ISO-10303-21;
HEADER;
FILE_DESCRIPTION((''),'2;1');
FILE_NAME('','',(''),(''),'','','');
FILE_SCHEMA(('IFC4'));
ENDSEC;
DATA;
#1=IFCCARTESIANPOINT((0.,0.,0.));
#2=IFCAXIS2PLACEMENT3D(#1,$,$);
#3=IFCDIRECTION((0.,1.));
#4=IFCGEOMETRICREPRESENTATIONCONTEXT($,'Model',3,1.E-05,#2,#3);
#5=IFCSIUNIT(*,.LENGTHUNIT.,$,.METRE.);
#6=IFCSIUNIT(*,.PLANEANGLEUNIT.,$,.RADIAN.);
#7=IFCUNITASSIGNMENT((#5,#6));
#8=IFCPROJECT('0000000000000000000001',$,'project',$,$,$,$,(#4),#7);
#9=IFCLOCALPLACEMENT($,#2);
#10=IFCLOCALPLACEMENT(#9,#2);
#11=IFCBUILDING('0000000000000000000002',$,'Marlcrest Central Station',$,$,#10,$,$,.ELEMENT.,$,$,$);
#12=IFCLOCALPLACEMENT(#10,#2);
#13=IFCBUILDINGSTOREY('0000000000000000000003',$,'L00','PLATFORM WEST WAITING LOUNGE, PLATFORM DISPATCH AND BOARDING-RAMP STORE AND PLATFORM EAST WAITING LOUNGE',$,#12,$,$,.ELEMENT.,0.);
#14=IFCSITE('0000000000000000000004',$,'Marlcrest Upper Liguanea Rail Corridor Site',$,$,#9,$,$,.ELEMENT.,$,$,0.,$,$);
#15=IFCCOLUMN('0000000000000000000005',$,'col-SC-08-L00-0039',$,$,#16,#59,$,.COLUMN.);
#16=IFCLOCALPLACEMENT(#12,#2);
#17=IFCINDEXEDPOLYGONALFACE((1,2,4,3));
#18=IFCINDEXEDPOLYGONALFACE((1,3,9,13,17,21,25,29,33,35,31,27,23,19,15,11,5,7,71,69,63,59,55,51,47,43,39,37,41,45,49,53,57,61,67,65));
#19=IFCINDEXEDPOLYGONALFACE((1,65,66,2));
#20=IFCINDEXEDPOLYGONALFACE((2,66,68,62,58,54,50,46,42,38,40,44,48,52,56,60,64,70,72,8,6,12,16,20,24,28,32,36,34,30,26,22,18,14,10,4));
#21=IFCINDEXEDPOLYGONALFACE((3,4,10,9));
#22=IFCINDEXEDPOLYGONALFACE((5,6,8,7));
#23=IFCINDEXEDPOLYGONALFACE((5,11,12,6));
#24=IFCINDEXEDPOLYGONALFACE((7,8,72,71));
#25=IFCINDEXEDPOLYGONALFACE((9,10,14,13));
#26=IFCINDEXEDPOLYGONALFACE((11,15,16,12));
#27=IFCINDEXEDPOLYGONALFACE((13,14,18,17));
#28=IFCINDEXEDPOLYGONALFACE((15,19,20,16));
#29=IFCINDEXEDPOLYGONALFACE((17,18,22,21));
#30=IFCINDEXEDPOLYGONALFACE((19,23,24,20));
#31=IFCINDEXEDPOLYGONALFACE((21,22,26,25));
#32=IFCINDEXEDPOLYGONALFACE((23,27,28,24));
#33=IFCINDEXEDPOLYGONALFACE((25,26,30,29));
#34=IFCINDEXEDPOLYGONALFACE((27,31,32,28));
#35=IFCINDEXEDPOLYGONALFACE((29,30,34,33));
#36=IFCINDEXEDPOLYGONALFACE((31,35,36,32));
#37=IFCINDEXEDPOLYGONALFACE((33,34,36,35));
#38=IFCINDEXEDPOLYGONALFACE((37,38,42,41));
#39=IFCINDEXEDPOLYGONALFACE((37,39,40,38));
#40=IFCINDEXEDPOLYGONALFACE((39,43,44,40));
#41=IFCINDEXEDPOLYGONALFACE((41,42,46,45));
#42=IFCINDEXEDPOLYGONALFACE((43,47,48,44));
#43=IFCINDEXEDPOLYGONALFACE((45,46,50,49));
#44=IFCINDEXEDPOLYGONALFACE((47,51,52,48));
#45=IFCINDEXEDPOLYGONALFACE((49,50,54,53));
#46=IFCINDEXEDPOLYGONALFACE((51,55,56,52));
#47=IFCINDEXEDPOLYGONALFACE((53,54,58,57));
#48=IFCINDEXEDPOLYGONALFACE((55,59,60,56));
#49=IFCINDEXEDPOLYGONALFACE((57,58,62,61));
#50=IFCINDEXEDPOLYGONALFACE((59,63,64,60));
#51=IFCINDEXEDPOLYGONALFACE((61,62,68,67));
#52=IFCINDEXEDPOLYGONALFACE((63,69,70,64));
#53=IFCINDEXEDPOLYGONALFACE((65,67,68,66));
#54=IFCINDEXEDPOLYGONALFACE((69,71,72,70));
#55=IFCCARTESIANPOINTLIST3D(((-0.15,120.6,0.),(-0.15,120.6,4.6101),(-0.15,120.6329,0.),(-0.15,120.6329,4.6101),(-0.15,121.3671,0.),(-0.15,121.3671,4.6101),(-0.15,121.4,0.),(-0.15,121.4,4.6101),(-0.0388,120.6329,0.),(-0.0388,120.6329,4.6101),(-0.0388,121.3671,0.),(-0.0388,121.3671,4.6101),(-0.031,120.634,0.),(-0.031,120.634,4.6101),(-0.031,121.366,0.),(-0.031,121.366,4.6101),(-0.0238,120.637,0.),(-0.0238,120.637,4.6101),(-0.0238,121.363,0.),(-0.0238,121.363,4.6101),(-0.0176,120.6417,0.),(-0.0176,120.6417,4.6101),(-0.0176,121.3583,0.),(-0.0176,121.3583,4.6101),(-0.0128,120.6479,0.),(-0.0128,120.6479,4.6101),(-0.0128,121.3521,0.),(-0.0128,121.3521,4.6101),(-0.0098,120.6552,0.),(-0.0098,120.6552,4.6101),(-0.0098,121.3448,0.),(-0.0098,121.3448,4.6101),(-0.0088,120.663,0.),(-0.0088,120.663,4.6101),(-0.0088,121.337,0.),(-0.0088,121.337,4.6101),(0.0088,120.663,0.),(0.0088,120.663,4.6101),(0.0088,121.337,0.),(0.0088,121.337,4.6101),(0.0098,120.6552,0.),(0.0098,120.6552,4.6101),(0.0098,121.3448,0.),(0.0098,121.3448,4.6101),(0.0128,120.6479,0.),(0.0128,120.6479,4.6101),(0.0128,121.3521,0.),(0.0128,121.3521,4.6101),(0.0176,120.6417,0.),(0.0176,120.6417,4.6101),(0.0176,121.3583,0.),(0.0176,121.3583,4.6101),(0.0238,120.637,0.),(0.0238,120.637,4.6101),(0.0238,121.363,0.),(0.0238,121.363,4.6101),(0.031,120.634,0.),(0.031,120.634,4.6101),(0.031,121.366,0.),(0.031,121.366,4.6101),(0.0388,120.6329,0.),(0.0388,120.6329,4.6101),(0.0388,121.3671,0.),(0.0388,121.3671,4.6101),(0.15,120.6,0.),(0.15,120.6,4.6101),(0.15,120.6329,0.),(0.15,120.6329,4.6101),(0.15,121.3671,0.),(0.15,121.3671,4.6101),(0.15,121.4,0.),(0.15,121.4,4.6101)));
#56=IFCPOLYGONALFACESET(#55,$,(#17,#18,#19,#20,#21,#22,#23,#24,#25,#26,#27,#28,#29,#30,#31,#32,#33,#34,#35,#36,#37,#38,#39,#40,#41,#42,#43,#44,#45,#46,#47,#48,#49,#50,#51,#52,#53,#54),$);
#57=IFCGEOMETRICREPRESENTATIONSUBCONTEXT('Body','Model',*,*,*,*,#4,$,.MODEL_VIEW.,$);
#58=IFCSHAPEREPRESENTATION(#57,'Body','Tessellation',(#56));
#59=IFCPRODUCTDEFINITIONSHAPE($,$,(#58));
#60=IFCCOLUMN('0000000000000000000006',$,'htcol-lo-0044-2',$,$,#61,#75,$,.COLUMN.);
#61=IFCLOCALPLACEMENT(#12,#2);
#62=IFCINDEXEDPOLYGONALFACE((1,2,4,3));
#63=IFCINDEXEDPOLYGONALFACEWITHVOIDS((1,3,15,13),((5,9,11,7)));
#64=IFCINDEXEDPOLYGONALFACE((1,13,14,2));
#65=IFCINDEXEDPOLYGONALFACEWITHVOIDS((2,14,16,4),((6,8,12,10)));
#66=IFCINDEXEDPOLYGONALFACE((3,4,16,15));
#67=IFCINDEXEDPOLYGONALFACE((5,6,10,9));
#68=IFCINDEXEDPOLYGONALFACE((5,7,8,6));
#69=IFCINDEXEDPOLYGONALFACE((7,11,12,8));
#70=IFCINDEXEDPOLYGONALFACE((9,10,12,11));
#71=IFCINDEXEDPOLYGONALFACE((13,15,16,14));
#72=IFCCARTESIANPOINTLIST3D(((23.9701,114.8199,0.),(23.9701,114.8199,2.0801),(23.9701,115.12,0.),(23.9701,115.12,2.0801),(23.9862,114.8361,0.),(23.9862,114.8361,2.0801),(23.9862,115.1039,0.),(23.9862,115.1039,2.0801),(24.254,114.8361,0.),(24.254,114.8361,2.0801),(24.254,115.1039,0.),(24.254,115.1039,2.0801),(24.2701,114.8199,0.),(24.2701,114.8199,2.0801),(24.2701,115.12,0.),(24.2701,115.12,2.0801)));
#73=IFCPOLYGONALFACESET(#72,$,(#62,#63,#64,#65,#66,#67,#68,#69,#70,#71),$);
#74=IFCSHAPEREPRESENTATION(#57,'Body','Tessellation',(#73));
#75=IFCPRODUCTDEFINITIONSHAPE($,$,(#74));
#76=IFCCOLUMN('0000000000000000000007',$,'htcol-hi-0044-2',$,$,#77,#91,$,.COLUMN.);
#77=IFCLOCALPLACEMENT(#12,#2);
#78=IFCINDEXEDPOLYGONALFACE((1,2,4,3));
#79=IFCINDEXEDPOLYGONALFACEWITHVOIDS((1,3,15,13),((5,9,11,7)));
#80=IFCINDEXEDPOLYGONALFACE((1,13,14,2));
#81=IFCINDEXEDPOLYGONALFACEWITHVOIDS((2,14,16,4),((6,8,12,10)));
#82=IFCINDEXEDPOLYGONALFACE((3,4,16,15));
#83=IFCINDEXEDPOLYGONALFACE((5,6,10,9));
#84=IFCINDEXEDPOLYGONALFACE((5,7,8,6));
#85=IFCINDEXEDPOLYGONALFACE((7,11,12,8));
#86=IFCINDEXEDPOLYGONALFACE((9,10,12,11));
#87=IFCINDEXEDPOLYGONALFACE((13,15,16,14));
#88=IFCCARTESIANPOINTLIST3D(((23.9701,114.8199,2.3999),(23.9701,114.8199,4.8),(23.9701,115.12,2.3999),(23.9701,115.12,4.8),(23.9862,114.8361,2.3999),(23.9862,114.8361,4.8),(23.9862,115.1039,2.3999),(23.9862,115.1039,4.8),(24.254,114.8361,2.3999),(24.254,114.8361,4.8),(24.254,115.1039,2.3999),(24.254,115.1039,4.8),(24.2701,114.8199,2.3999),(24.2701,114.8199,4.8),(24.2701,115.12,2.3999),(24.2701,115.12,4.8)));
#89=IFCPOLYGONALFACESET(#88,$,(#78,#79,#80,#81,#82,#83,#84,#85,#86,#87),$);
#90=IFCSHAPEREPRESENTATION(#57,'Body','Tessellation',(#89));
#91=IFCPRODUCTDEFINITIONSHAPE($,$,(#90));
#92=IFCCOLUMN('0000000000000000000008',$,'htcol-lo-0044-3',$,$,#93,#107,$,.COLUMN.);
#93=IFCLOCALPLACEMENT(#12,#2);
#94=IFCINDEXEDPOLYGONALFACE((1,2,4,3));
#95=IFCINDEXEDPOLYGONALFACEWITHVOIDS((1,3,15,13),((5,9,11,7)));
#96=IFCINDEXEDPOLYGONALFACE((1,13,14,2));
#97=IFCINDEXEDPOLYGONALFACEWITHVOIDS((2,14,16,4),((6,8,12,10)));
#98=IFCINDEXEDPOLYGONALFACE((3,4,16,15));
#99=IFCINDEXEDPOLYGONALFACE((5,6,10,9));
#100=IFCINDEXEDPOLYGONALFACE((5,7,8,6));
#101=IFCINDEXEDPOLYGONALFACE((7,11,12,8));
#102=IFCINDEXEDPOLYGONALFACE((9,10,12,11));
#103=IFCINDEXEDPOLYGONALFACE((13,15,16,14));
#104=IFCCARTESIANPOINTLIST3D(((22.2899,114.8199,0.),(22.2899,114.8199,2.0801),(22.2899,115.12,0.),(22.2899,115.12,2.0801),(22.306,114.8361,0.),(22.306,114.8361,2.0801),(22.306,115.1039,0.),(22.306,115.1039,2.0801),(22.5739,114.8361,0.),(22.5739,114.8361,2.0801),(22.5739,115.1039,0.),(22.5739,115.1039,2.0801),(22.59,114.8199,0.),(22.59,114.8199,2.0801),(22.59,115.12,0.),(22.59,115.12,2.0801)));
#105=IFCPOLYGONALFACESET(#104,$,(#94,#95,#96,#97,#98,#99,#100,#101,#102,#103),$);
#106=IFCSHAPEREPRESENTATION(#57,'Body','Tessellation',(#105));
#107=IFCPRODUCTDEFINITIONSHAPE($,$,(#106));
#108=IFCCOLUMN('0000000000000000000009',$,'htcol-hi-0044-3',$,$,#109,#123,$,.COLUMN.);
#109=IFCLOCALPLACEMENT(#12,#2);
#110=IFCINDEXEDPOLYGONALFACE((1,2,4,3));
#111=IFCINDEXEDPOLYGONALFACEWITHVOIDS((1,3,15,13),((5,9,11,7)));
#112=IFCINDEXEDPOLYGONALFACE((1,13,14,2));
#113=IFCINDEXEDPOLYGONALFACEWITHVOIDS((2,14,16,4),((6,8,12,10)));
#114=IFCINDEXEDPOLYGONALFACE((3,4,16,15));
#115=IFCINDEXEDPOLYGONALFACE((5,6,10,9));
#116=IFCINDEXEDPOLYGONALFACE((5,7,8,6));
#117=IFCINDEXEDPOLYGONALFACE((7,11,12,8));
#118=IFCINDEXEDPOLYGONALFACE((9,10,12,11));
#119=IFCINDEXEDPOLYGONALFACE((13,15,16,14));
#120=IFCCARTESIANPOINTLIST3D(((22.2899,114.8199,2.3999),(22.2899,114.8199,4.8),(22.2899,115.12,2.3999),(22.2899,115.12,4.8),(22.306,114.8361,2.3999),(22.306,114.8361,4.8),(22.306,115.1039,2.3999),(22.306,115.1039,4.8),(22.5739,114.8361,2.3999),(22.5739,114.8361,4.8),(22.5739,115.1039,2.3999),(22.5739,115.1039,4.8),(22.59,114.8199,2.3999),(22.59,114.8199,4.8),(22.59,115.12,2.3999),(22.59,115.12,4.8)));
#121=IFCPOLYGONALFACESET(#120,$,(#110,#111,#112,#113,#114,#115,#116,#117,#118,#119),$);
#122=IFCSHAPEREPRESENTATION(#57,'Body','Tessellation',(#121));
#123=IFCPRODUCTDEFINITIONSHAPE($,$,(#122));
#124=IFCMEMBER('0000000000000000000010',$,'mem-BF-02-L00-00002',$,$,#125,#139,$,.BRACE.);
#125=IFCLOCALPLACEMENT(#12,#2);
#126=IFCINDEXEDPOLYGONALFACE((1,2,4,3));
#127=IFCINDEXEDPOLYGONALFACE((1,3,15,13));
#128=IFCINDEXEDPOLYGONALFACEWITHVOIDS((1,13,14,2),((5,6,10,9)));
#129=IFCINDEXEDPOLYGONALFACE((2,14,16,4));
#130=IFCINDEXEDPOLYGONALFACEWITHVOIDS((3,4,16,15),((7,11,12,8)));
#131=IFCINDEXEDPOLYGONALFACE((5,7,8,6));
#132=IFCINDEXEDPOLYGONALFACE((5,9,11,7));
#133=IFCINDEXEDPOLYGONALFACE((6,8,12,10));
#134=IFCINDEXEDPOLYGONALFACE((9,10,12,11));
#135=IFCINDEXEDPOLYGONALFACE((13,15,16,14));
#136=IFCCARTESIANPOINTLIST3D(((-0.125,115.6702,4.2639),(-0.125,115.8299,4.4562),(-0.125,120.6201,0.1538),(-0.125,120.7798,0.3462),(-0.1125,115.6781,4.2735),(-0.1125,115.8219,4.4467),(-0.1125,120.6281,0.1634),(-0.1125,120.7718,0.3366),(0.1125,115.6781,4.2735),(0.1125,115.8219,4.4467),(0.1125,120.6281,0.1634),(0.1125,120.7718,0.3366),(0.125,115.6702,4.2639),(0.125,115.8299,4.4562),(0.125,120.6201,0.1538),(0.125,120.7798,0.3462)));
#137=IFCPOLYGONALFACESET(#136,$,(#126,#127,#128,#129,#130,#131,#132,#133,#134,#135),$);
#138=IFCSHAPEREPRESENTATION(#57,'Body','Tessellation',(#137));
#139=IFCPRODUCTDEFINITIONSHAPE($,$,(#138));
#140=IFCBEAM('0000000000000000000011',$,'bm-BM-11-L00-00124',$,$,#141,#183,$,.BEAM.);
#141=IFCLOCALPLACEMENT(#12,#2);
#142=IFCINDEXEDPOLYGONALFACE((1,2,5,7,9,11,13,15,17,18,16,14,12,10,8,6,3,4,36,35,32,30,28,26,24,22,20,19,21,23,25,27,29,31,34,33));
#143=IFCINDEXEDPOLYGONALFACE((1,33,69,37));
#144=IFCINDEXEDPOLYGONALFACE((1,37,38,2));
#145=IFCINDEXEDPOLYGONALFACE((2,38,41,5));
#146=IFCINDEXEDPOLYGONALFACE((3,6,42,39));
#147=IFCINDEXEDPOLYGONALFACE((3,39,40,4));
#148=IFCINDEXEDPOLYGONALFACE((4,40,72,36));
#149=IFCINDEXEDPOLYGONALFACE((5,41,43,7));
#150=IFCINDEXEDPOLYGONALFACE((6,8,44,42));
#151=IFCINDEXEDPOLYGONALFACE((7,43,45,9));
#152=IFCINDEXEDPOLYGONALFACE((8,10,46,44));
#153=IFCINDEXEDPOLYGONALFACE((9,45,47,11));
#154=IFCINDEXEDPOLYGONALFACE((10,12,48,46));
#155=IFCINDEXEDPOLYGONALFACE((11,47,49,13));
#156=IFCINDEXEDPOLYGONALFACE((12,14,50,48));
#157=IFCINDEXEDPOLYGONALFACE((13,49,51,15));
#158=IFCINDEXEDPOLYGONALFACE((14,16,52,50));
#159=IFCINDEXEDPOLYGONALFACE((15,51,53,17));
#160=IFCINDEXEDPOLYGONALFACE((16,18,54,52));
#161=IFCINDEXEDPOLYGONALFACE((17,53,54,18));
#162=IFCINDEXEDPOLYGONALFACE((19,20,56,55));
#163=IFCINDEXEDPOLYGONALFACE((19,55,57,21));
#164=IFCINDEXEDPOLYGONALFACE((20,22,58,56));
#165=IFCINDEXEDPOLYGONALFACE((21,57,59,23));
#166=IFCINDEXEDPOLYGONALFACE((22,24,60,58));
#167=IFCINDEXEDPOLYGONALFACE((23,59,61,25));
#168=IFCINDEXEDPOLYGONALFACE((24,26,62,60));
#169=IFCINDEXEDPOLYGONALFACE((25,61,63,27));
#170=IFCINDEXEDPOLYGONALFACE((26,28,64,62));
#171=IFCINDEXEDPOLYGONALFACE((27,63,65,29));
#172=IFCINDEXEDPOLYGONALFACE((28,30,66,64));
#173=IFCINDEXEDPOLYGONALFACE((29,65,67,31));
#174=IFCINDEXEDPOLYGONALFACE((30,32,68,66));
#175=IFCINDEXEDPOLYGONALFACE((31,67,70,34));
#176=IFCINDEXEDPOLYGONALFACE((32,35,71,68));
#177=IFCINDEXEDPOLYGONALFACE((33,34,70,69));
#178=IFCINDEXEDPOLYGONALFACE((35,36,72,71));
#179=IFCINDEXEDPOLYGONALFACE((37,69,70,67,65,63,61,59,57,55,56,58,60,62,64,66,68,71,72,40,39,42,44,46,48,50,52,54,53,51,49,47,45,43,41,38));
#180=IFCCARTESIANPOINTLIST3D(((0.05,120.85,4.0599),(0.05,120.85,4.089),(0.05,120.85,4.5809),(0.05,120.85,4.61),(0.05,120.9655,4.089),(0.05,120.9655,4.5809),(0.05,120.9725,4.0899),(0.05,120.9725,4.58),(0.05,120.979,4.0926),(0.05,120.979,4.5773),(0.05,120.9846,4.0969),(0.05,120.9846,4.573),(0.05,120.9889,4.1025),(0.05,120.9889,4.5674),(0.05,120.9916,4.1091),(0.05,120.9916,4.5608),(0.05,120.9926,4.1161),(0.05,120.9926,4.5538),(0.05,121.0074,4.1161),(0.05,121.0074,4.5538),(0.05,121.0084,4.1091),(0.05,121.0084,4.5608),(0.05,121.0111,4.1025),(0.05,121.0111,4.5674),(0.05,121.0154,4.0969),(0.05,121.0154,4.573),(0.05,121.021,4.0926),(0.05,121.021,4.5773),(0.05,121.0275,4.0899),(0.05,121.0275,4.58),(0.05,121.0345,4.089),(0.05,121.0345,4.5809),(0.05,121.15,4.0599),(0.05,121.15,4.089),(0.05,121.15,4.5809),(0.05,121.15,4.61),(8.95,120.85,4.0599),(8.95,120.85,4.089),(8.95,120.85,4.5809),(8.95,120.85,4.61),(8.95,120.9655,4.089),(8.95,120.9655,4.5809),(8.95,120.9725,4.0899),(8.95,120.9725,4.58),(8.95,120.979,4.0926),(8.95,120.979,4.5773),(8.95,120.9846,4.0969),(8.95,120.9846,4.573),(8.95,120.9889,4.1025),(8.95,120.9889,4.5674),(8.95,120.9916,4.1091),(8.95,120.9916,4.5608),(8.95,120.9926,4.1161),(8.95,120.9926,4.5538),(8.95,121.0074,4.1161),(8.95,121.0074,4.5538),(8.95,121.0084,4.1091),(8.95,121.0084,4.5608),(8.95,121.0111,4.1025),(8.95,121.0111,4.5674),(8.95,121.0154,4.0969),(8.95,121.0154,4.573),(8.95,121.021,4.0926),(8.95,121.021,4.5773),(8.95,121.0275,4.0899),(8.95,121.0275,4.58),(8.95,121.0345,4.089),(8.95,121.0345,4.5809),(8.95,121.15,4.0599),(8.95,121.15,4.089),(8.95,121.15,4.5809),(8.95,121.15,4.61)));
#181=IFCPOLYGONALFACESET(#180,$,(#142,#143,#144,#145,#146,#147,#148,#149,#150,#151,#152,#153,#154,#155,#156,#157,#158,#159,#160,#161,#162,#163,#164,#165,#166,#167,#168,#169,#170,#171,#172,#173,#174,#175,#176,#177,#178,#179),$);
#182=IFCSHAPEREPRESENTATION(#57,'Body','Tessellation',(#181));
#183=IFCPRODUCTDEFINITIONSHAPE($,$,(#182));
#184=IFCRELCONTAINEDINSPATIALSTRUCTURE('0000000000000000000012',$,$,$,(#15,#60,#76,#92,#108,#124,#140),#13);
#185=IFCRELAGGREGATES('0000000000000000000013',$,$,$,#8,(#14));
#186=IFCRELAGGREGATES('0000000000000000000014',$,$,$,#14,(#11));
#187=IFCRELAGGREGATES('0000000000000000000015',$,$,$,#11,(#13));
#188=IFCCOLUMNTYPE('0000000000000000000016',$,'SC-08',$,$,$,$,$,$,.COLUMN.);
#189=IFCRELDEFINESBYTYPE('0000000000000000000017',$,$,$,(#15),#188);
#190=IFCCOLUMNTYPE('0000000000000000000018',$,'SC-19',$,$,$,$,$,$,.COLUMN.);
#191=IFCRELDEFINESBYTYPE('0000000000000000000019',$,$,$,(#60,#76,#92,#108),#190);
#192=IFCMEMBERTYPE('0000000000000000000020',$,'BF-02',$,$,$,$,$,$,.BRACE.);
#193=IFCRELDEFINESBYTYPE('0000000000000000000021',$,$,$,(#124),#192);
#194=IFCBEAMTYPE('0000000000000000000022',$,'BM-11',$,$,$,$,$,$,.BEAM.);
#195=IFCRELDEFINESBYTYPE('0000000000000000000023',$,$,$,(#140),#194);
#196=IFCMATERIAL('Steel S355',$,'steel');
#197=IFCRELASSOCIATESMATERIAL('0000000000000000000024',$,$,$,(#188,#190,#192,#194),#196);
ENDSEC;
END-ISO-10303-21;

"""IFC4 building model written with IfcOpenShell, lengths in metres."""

from ifc_helpers import new_model, si_unit, direction, frame, origin, origin_2d, place, context, subcontext, project, spatial, hollow_rectangle, i_section, extrude, material, material_profile, profile_set, type_object, element, save


model = new_model("IFC4")

# Units and contexts
model_context = context("Model", 3, precision=1e-05, world=origin(), true_north=direction((0.0, 1.0)))
body_context = subcontext(model_context, "Body", "Model", "MODEL_VIEW")
ifc_project = project(units=[si_unit("LENGTHUNIT", "METRE"), si_unit("PLANEANGLEUNIT", "RADIAN")], contexts=[model_context])

# Site, building, storey
site_placement = place(None, origin())
site = spatial("IfcSite", under=ifc_project, at=site_placement, Name="Marlcrest Upper Liguanea Rail Corridor Site", CompositionType="ELEMENT", RefElevation=0.0)
building_placement = place(site_placement, origin())
building = spatial("IfcBuilding", under=site, at=building_placement, Name="Marlcrest Central Station", CompositionType="ELEMENT")
storey_placement = place(building_placement, origin())
storey = spatial("IfcBuildingStorey", under=building, at=storey_placement, Name="L00", Description="PLATFORM WEST WAITING LOUNGE, PLATFORM DISPATCH AND BOARDING-RAMP STORE AND PLATFORM EAST WAITING LOUNGE", CompositionType="ELEMENT", Elevation=0.0)

# Columns
ifc_material_1 = material(Name="Steel S355", Category="steel")
ifc_material_profile_1 = material_profile(ifc_material_1, i_section(OverallWidth=0.3, OverallDepth=0.8, WebThickness=0.0176, FlangeThickness=0.033, FilletRadius=0.03, at=origin_2d()), Name="HEB 800")
ifc_profile_set_1 = profile_set([ifc_material_profile_1], Name="Steel S355")
column_type_1 = type_object("IfcColumnType", Name="SC-08", PredefinedType="COLUMN", material=ifc_profile_set_1)
column_1_placement = place(storey_placement, frame((0.0, 121.0, 0.0), z_axis=(0.0, 0.0, 1.0), x_axis=(1.0, 0.0, 0.0)))
element("IfcColumn", 1, at=column_1_placement, inside=storey, type_object=column_type_1, Name="col-SC-08-L00-0039", PredefinedType="COLUMN", context=body_context, shape_type="SweptSolid", body=[
    extrude(i_section(OverallWidth=0.3, OverallDepth=0.8, WebThickness=0.0176, FlangeThickness=0.033, FilletRadius=0.03, at=origin_2d()), origin(), (0.0, 0.0, 1.0), 4.6101),
])
ifc_material_profile_2 = material_profile(ifc_material_1, hollow_rectangle(XDim=0.3, YDim=0.3, WallThickness=0.0161, at=origin_2d()), Name="SHS 300x300x16")
ifc_profile_set_2 = profile_set([ifc_material_profile_2], Name="Steel S355")
column_type_2 = type_object("IfcColumnType", Name="SC-19", PredefinedType="COLUMN", material=ifc_profile_set_2)
column_2_placement = place(storey_placement, frame((24.1201, 114.97, 0.0), z_axis=(0.0, 0.0, 1.0), x_axis=(1.0, 0.0, 0.0)))
element("IfcColumn", 2, at=column_2_placement, inside=storey, type_object=column_type_2, Name="htcol-lo-0044-2", PredefinedType="COLUMN", context=body_context, shape_type="SweptSolid", body=[
    extrude(hollow_rectangle(XDim=0.3, YDim=0.3, WallThickness=0.0161, at=origin_2d()), origin(), (0.0, 0.0, 1.0), 2.0801),
])
column_3_placement = place(storey_placement, frame((24.1201, 114.97, 2.3999), z_axis=(0.0, 0.0, 1.0), x_axis=(1.0, 0.0, 0.0)))
element("IfcColumn", 3, at=column_3_placement, inside=storey, type_object=column_type_2, Name="htcol-hi-0044-2", PredefinedType="COLUMN", context=body_context, shape_type="SweptSolid", body=[
    extrude(hollow_rectangle(XDim=0.3, YDim=0.3, WallThickness=0.0161, at=origin_2d()), origin(), (0.0, 0.0, 1.0), 2.4001),
])
column_4_placement = place(storey_placement, frame((22.4399, 114.97, 0.0), z_axis=(0.0, 0.0, 1.0), x_axis=(1.0, 0.0, 0.0)))
element("IfcColumn", 4, at=column_4_placement, inside=storey, type_object=column_type_2, Name="htcol-lo-0044-3", PredefinedType="COLUMN", context=body_context, shape_type="SweptSolid", body=[
    extrude(hollow_rectangle(XDim=0.3, YDim=0.3, WallThickness=0.0161, at=origin_2d()), origin(), (0.0, 0.0, 1.0), 2.0801),
])
column_5_placement = place(storey_placement, frame((22.4399, 114.97, 2.3999), z_axis=(0.0, 0.0, 1.0), x_axis=(1.0, 0.0, 0.0)))
element("IfcColumn", 5, at=column_5_placement, inside=storey, type_object=column_type_2, Name="htcol-hi-0044-3", PredefinedType="COLUMN", context=body_context, shape_type="SweptSolid", body=[
    extrude(hollow_rectangle(XDim=0.3, YDim=0.3, WallThickness=0.0161, at=origin_2d()), origin(), (0.0, 0.0, 1.0), 2.4001),
])

# Member
ifc_material_profile_3 = material_profile(ifc_material_1, hollow_rectangle(XDim=0.25, YDim=0.25, WallThickness=0.0125, at=origin_2d()), Name="SHS 250x250x12.5")
ifc_profile_set_3 = profile_set([ifc_material_profile_3], Name="Steel S355")
member_type = type_object("IfcMemberType", Name="BF-02", PredefinedType="BRACE", material=ifc_profile_set_3)
member_placement = place(storey_placement, frame((0.0, 120.7, 0.25), z_axis=(0.0, -0.769355, 0.638821), x_axis=(1.0, 0.0, 0.0)))
element("IfcMember", 6, at=member_placement, inside=storey, type_object=member_type, Name="mem-BF-02-L00-00002", PredefinedType="BRACE", context=body_context, shape_type="SweptSolid", body=[
    extrude(hollow_rectangle(XDim=0.25, YDim=0.25, WallThickness=0.0125, at=origin_2d()), origin(), (0.0, 0.0, 1.0), 6.4338),
])

# Beam
ifc_material_profile_4 = material_profile(ifc_material_1, i_section(OverallWidth=0.3, OverallDepth=0.55, WebThickness=0.0149, FlangeThickness=0.0291, FilletRadius=0.0271, at=origin_2d()), Name="HEB 550")
ifc_profile_set_4 = profile_set([ifc_material_profile_4], Name="Steel S355")
beam_type_1 = type_object("IfcBeamType", Name="BM-11", PredefinedType="BEAM", material=ifc_profile_set_4)
beam_placement = place(storey_placement, frame((0.05, 121.0, 4.335), z_axis=(1.0, 0.0, 0.0), x_axis=(0.0, 1.0, 0.0)))
element("IfcBeam", 7, at=beam_placement, inside=storey, type_object=beam_type_1, Name="bm-BM-11-L00-00124", PredefinedType="BEAM", context=body_context, shape_type="SweptSolid", body=[
    extrude(i_section(OverallWidth=0.3, OverallDepth=0.55, WebThickness=0.0149, FlangeThickness=0.0291, FilletRadius=0.0271, at=origin_2d()), origin(), (0.0, 0.0, 1.0), 8.8999),
])

save(model, "model.ifc")
